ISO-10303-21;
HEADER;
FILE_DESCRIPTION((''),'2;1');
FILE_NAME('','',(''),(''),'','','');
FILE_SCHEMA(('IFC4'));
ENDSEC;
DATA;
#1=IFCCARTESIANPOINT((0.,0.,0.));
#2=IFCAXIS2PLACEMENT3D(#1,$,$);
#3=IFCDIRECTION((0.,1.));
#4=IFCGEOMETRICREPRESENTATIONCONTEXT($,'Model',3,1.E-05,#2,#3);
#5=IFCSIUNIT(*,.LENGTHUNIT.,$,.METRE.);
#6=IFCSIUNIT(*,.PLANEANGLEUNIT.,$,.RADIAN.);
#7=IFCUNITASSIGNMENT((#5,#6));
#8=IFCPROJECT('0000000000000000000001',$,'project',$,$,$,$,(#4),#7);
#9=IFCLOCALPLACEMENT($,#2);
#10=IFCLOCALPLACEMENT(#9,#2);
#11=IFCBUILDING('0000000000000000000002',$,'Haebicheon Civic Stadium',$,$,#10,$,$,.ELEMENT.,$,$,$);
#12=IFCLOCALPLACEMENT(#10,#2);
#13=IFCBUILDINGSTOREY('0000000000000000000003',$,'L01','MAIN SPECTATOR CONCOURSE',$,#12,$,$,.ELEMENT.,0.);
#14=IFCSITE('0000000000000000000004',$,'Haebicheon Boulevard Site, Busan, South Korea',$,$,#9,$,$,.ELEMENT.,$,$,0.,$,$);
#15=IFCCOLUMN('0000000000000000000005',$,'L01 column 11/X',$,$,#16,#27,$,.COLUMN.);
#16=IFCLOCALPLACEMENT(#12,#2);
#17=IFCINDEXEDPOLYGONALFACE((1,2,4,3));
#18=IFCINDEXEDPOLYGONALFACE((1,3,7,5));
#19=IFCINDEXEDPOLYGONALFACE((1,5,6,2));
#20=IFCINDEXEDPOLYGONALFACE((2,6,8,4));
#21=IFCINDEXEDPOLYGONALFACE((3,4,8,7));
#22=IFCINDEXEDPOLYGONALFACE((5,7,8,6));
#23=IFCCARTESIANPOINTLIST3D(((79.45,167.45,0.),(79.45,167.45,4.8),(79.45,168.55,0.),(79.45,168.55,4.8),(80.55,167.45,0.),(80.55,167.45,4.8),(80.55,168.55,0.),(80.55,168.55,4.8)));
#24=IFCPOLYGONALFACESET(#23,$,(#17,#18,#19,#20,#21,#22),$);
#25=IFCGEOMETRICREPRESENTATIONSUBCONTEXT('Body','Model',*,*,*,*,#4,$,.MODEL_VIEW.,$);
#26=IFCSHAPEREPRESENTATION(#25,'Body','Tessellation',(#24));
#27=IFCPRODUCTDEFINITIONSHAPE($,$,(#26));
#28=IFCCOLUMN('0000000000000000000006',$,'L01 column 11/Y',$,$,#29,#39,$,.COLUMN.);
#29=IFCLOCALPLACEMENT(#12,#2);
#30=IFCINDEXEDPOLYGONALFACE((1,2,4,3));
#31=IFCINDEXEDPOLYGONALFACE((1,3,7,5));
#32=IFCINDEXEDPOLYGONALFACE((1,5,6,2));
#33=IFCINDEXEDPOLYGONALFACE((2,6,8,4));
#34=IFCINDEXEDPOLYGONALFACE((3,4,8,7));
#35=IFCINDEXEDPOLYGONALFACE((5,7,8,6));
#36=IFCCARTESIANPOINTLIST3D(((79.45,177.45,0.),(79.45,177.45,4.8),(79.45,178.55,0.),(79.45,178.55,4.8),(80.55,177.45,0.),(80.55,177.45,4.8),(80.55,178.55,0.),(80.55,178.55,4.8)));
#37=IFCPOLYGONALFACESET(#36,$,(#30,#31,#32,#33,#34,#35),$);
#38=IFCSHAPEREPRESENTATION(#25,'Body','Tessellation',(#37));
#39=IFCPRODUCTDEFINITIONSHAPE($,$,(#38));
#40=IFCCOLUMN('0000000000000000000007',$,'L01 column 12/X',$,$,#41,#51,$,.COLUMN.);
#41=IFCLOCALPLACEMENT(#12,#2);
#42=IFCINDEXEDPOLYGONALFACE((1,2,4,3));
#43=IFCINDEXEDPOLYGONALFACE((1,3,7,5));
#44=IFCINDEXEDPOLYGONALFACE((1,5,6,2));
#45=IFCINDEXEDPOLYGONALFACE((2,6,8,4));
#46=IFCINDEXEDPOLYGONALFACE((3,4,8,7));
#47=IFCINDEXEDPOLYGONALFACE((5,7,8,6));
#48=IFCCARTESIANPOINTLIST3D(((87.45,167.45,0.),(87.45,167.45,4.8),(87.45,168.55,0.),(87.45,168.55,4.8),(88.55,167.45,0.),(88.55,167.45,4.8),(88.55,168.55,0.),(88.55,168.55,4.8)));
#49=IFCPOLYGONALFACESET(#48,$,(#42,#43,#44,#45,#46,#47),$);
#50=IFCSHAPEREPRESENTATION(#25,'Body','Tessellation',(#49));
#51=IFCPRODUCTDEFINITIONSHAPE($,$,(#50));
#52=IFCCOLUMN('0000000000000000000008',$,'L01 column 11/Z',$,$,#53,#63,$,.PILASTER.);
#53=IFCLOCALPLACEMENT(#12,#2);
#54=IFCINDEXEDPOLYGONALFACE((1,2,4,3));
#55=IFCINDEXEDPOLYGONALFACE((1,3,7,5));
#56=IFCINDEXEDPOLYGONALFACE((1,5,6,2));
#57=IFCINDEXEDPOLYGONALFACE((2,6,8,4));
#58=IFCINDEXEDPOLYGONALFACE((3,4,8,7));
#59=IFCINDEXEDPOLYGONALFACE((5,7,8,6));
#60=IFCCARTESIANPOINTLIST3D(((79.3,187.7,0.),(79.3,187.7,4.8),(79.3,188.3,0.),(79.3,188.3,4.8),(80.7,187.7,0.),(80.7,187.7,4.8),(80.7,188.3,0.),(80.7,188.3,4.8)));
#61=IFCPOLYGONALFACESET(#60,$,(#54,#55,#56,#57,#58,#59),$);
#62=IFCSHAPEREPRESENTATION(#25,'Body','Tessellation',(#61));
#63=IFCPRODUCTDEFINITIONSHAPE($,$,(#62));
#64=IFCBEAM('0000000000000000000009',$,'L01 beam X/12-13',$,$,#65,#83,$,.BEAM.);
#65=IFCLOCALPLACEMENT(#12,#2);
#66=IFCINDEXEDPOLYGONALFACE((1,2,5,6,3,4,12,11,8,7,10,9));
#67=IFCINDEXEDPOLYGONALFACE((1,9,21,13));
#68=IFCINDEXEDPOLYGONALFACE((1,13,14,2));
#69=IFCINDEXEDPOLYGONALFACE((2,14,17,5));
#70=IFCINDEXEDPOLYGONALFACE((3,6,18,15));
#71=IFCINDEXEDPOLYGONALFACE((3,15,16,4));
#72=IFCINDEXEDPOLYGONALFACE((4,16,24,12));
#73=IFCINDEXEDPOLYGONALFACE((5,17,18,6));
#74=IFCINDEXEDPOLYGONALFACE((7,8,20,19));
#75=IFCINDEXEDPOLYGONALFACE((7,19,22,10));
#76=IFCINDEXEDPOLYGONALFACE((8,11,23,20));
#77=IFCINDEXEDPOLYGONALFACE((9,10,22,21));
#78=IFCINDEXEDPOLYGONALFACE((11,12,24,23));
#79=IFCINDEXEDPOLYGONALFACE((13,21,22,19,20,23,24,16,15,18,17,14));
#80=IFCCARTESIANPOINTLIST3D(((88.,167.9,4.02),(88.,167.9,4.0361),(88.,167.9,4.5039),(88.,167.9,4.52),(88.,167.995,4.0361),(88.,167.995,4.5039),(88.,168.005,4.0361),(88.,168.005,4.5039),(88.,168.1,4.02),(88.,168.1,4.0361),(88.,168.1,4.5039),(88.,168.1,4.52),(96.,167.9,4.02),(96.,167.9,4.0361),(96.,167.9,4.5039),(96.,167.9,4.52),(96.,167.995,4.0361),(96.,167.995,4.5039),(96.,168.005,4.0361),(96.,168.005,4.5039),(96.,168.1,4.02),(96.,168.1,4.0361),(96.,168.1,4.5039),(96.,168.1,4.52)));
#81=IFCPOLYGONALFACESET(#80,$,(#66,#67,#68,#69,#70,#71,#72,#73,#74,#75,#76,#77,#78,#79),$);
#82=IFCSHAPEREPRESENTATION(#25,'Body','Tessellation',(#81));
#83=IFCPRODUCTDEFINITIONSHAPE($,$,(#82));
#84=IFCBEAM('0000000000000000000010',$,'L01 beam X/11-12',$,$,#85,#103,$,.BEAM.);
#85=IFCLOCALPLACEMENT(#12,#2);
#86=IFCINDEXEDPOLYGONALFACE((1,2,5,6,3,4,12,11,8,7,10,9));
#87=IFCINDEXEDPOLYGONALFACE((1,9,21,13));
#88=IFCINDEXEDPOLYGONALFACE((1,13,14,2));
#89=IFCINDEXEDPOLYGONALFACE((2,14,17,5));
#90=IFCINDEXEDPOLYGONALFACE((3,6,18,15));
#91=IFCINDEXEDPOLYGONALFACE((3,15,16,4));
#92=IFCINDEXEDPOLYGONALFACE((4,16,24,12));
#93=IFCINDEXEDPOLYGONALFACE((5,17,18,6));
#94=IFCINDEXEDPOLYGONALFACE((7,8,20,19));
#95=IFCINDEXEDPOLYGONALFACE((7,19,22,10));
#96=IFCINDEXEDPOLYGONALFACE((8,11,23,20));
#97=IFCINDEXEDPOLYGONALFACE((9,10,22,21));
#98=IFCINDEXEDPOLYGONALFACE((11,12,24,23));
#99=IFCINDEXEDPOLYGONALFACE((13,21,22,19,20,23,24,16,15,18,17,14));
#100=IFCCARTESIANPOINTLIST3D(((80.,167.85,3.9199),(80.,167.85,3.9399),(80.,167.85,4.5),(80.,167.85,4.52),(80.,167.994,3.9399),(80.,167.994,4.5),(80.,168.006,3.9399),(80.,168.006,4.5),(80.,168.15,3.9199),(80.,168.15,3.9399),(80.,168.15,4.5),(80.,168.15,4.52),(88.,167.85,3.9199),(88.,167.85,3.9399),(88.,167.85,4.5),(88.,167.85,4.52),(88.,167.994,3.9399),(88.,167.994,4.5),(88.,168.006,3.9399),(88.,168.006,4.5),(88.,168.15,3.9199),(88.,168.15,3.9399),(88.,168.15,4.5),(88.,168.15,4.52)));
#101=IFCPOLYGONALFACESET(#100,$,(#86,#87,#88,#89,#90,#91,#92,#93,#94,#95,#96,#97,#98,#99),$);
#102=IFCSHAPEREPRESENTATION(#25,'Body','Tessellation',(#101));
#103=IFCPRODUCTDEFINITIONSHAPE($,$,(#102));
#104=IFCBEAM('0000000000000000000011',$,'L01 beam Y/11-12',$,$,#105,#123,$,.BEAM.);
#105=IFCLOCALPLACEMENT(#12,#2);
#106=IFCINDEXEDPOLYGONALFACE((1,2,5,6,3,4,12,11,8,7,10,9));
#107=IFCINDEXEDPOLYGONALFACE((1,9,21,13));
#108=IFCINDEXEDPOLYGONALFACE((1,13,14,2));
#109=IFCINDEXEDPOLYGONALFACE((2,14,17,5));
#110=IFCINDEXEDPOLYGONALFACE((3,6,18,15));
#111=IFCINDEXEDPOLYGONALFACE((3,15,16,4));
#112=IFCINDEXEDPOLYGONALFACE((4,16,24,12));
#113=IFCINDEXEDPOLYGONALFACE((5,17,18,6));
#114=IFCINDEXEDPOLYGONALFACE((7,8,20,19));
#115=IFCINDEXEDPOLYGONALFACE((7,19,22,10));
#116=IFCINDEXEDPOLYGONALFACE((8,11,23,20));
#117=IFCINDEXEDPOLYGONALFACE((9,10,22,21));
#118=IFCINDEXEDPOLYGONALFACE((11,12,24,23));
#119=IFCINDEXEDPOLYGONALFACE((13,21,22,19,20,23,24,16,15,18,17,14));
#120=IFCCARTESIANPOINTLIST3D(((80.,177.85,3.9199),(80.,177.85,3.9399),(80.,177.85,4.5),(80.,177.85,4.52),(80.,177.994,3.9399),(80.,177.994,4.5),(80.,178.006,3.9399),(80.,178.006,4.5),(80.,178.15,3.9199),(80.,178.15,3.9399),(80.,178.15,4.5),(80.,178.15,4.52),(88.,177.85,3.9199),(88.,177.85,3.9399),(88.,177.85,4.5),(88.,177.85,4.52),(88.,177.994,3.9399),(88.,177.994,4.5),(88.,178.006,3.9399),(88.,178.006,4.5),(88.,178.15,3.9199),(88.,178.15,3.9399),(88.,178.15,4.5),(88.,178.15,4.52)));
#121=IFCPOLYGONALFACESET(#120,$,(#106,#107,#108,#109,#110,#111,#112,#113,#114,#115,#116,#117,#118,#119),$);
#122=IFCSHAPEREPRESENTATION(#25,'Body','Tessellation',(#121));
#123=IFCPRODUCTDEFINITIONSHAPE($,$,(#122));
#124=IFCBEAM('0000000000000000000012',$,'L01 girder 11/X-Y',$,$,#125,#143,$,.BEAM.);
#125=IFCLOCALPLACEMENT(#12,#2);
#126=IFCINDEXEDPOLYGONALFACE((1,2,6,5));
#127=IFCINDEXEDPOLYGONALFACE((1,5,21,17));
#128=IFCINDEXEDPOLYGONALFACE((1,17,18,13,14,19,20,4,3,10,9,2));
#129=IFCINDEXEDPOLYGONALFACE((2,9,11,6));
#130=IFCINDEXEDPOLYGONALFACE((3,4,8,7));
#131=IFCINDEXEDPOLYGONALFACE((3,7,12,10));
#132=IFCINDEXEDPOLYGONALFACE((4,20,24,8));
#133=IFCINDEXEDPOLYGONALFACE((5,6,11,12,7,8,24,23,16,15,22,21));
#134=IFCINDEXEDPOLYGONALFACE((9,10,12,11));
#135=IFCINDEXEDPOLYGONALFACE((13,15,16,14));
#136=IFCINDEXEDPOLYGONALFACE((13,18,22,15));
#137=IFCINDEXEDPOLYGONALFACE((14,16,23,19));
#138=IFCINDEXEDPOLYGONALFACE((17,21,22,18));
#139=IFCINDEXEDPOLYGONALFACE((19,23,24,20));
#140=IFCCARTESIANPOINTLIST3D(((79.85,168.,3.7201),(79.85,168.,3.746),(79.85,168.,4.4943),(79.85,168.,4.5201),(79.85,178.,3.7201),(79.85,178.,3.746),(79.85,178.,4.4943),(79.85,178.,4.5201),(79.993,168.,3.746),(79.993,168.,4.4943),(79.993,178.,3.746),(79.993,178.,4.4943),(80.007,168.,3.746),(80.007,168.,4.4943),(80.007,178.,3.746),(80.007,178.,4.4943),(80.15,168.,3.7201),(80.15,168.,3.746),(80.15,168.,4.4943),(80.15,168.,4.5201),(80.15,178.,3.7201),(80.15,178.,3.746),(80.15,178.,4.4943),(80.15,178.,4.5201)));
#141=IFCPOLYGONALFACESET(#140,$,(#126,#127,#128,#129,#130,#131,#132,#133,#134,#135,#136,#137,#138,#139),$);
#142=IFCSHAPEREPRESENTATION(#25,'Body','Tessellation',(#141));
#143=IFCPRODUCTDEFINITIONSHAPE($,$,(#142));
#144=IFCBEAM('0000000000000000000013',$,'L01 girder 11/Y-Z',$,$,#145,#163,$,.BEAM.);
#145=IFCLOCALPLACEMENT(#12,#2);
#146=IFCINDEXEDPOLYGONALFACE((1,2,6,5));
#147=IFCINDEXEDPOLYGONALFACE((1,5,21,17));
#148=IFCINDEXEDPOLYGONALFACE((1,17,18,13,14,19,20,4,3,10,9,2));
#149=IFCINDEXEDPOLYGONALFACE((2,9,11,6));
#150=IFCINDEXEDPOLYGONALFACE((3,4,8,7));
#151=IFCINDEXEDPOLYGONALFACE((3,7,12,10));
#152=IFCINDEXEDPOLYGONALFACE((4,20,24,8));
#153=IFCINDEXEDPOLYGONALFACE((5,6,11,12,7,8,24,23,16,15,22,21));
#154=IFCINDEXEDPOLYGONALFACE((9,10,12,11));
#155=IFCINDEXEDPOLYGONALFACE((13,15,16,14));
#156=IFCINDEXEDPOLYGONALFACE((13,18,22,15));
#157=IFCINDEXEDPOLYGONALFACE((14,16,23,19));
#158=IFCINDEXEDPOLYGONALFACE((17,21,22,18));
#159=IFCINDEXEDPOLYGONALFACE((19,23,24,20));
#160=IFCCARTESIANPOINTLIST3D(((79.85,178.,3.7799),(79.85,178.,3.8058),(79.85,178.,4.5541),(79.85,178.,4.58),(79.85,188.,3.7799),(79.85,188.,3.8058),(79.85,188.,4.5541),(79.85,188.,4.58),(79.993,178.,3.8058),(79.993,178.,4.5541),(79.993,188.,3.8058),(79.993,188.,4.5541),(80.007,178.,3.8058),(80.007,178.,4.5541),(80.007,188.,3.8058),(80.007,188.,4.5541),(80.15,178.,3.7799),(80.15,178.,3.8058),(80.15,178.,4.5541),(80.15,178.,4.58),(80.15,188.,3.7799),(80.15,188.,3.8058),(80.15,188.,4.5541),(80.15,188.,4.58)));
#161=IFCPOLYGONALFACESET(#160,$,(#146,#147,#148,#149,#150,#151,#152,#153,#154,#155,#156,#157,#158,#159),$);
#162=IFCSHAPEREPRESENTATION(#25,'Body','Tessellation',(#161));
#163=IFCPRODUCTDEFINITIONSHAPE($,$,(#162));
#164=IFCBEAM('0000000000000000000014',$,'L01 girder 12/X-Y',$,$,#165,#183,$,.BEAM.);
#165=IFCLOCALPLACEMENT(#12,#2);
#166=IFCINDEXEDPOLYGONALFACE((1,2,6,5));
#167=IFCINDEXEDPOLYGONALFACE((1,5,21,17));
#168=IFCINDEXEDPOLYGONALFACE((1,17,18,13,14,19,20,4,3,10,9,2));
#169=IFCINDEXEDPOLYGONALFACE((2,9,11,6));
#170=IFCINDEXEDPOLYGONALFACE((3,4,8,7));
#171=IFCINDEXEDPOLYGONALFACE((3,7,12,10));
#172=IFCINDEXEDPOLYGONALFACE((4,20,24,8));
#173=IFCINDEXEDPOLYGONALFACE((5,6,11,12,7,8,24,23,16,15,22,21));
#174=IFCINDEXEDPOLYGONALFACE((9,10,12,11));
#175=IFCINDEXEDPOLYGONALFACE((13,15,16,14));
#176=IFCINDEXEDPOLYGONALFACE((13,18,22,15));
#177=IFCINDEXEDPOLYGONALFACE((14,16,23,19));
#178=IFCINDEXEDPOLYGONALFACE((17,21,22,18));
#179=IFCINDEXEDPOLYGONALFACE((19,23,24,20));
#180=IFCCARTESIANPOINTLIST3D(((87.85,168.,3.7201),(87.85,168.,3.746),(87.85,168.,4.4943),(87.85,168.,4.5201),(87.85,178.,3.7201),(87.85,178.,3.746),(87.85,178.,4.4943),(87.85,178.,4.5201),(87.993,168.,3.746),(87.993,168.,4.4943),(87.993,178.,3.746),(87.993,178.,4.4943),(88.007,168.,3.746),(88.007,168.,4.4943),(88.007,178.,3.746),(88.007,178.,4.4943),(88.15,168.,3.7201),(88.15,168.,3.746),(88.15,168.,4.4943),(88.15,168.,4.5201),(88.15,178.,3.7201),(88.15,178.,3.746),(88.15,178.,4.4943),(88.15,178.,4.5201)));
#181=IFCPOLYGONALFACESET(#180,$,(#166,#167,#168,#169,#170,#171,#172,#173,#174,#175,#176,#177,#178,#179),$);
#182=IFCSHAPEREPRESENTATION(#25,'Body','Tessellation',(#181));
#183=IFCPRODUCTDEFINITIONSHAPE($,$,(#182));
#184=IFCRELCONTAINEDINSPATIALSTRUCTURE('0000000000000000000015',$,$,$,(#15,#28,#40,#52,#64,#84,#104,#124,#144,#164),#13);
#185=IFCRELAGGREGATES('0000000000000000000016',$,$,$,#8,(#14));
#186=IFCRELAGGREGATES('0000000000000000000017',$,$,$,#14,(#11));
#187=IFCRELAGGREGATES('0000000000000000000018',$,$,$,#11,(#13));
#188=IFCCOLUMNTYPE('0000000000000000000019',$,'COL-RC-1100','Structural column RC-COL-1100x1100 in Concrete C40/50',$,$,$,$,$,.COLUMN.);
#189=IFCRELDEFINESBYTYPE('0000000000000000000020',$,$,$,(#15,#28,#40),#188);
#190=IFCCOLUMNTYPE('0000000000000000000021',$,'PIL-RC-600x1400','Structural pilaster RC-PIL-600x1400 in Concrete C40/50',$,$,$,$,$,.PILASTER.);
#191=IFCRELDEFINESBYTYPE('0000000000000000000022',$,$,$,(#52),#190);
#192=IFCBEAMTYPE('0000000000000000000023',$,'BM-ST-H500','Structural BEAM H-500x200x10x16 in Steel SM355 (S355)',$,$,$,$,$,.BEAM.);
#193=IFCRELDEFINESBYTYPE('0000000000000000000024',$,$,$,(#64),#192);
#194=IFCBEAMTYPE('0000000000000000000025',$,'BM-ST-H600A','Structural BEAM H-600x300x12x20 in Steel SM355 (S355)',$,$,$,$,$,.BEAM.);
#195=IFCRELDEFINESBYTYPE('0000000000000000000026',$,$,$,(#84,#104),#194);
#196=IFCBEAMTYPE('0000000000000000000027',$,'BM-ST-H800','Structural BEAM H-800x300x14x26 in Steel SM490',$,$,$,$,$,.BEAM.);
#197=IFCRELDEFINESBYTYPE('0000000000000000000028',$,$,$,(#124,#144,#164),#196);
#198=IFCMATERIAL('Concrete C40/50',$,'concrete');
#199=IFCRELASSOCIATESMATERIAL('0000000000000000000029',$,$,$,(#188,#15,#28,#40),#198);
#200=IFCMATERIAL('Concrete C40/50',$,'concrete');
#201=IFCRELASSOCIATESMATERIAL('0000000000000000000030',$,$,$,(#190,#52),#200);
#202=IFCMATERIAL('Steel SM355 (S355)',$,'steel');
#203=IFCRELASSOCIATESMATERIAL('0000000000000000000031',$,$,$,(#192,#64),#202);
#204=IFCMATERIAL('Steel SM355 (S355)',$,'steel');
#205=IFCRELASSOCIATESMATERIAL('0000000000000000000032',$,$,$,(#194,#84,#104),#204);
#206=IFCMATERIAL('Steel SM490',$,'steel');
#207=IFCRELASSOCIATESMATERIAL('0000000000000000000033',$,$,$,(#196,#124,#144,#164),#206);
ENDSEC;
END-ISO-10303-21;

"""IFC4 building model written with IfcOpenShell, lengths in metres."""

from ifc_helpers import new_model, si_unit, direction, frame, origin, origin_2d, place, context, subcontext, project, spatial, rectangle, i_section, extrude, material, material_profile, profile_set, type_object, element, save


model = new_model("IFC4")

# Units and contexts
model_context = context("Model", 3, precision=1e-05, world=origin(), true_north=direction((0.0, 1.0)))
body_context = subcontext(model_context, "Body", "Model", "MODEL_VIEW")
ifc_project = project(units=[si_unit("LENGTHUNIT", "METRE"), si_unit("PLANEANGLEUNIT", "RADIAN")], contexts=[model_context])

# Site, building, storey
site_placement = place(None, origin())
site = spatial("IfcSite", under=ifc_project, at=site_placement, Name="Haebicheon Boulevard Site, Busan, South Korea", CompositionType="ELEMENT", RefElevation=0.0)
building_placement = place(site_placement, origin())
building = spatial("IfcBuilding", under=site, at=building_placement, Name="Haebicheon Civic Stadium", CompositionType="ELEMENT")
storey_placement = place(building_placement, origin())
storey = spatial("IfcBuildingStorey", under=building, at=storey_placement, Name="L01", Description="MAIN SPECTATOR CONCOURSE", CompositionType="ELEMENT", Elevation=0.0)

# Columns
ifc_material_1 = material(Name="Concrete C40/50", Category="concrete")
ifc_material_profile_1 = material_profile(ifc_material_1, rectangle(XDim=1.1001, YDim=1.1001, at=origin_2d()), Name="RC-COL-1100x1100")
ifc_profile_set_1 = profile_set([ifc_material_profile_1], Name="Concrete C40/50")
column_type_1 = type_object("IfcColumnType", Name="COL-RC-1100", Description="Structural column RC-COL-1100x1100 in Concrete C40/50", PredefinedType="COLUMN", material=ifc_profile_set_1)
for number, where, z_axis, x_axis, name in (
    (1, (80.0, 168.0, 0.0), (0.0, 0.0, 1.0), (1.0, 0.0, 0.0), "L01 column 11/X"),
    (2, (80.0, 178.0, 0.0), (0.0, 0.0, 1.0), (1.0, 0.0, 0.0), "L01 column 11/Y"),
    (3, (88.0, 168.0, 0.0), (0.0, 0.0, 1.0), (1.0, 0.0, 0.0), "L01 column 12/X"),
):
    element("IfcColumn", number, at=place(storey_placement, frame(where, z_axis=z_axis, x_axis=x_axis)), inside=storey, type_object=column_type_1, material=ifc_profile_set_1, Name=name, PredefinedType="COLUMN", context=body_context, shape_type="SweptSolid", body=[
        extrude(rectangle(XDim=1.1001, YDim=1.1001, at=origin_2d()), origin(), (0.0, 0.0, 1.0), 4.8),
    ])
ifc_material_2 = material(Name="Concrete C40/50", Category="concrete")
ifc_material_profile_2 = material_profile(ifc_material_2, rectangle(XDim=0.6001, YDim=1.3999, at=origin_2d()), Name="RC-PIL-600x1400")
ifc_profile_set_2 = profile_set([ifc_material_profile_2], Name="Concrete C40/50")
column_type_2 = type_object("IfcColumnType", Name="PIL-RC-600x1400", Description="Structural pilaster RC-PIL-600x1400 in Concrete C40/50", PredefinedType="PILASTER", material=ifc_profile_set_2)
column_placement = place(storey_placement, frame((80.0, 188.0, 0.0), z_axis=(0.0, 0.0, 1.0), x_axis=(0.0, 1.0, 0.0)))
element("IfcColumn", 4, at=column_placement, inside=storey, type_object=column_type_2, material=ifc_profile_set_2, Name="L01 column 11/Z", PredefinedType="PILASTER", context=body_context, shape_type="SweptSolid", body=[
    extrude(rectangle(XDim=0.6001, YDim=1.3999, at=origin_2d()), origin(), (0.0, 0.0, 1.0), 4.8),
])

# Beams
ifc_material_3 = material(Name="Steel SM355 (S355)", Category="steel")
ifc_material_profile_3 = material_profile(ifc_material_3, i_section(OverallWidth=0.2, OverallDepth=0.5, WebThickness=0.01, FlangeThickness=0.0161, at=origin_2d()), Name="H-500x200x10x16")
ifc_profile_set_3 = profile_set([ifc_material_profile_3], Name="Steel SM355 (S355)")
beam_type_1 = type_object("IfcBeamType", Name="BM-ST-H500", Description="Structural BEAM H-500x200x10x16 in Steel SM355 (S355)", PredefinedType="BEAM", material=ifc_profile_set_3)
beam_1_placement = place(storey_placement, frame((88.0, 168.0, 4.27), z_axis=(1.0, 0.0, 0.0), x_axis=(0.0, 1.0, 0.0)))
element("IfcBeam", 5, at=beam_1_placement, inside=storey, type_object=beam_type_1, material=ifc_profile_set_3, Name="L01 beam X/12-13", PredefinedType="BEAM", context=body_context, shape_type="SweptSolid", body=[
    extrude(i_section(OverallWidth=0.2, OverallDepth=0.5, WebThickness=0.01, FlangeThickness=0.0161, at=origin_2d()), origin(), (0.0, 0.0, 1.0), 8.0),
])
ifc_material_4 = material(Name="Steel SM355 (S355)", Category="steel")
ifc_material_profile_4 = material_profile(ifc_material_4, i_section(OverallWidth=0.3, OverallDepth=0.6001, WebThickness=0.012, FlangeThickness=0.02, at=origin_2d()), Name="H-600x300x12x20")
ifc_profile_set_4 = profile_set([ifc_material_profile_4], Name="Steel SM355 (S355)")
beam_type_2 = type_object("IfcBeamType", Name="BM-ST-H600A", Description="Structural BEAM H-600x300x12x20 in Steel SM355 (S355)", PredefinedType="BEAM", material=ifc_profile_set_4)
for number, where, z_axis, x_axis, name in (
    (6, (80.0, 168.0, 4.22), (1.0, 0.0, 0.0), (0.0, 1.0, 0.0), "L01 beam X/11-12"),
    (7, (80.0, 178.0, 4.22), (1.0, 0.0, 0.0), (0.0, 1.0, 0.0), "L01 beam Y/11-12"),
):
    element("IfcBeam", number, at=place(storey_placement, frame(where, z_axis=z_axis, x_axis=x_axis)), inside=storey, type_object=beam_type_2, material=ifc_profile_set_4, Name=name, PredefinedType="BEAM", context=body_context, shape_type="SweptSolid", body=[
        extrude(i_section(OverallWidth=0.3, OverallDepth=0.6001, WebThickness=0.012, FlangeThickness=0.02, at=origin_2d()), origin(), (0.0, 0.0, 1.0), 8.0),
    ])
ifc_material_5 = material(Name="Steel SM490", Category="steel")
ifc_material_profile_5 = material_profile(ifc_material_5, i_section(OverallWidth=0.3, OverallDepth=0.8, WebThickness=0.0139, FlangeThickness=0.0259, at=origin_2d()), Name="H-800x300x14x26")
ifc_profile_set_5 = profile_set([ifc_material_profile_5], Name="Steel SM490")
beam_type_3 = type_object("IfcBeamType", Name="BM-ST-H800", Description="Structural BEAM H-800x300x14x26 in Steel SM490", PredefinedType="BEAM", material=ifc_profile_set_5)
for number, where, z_axis, x_axis, name in (
    (8, (80.0, 168.0, 4.1201), (0.0, 1.0, 0.0), (-1.0, 0.0, 0.0), "L01 girder 11/X-Y"),
    (9, (80.0, 178.0, 4.1799), (0.0, 1.0, 0.0), (-1.0, 0.0, 0.0), "L01 girder 11/Y-Z"),
    (10, (88.0, 168.0, 4.1201), (0.0, 1.0, 0.0), (-1.0, 0.0, 0.0), "L01 girder 12/X-Y"),
):
    element("IfcBeam", number, at=place(storey_placement, frame(where, z_axis=z_axis, x_axis=x_axis)), inside=storey, type_object=beam_type_3, material=ifc_profile_set_5, Name=name, PredefinedType="BEAM", context=body_context, shape_type="SweptSolid", body=[
        extrude(i_section(OverallWidth=0.3, OverallDepth=0.8, WebThickness=0.0139, FlangeThickness=0.0259, at=origin_2d()), origin(), (0.0, 0.0, 1.0), 10.0),
    ])

save(model, "model.ifc")
